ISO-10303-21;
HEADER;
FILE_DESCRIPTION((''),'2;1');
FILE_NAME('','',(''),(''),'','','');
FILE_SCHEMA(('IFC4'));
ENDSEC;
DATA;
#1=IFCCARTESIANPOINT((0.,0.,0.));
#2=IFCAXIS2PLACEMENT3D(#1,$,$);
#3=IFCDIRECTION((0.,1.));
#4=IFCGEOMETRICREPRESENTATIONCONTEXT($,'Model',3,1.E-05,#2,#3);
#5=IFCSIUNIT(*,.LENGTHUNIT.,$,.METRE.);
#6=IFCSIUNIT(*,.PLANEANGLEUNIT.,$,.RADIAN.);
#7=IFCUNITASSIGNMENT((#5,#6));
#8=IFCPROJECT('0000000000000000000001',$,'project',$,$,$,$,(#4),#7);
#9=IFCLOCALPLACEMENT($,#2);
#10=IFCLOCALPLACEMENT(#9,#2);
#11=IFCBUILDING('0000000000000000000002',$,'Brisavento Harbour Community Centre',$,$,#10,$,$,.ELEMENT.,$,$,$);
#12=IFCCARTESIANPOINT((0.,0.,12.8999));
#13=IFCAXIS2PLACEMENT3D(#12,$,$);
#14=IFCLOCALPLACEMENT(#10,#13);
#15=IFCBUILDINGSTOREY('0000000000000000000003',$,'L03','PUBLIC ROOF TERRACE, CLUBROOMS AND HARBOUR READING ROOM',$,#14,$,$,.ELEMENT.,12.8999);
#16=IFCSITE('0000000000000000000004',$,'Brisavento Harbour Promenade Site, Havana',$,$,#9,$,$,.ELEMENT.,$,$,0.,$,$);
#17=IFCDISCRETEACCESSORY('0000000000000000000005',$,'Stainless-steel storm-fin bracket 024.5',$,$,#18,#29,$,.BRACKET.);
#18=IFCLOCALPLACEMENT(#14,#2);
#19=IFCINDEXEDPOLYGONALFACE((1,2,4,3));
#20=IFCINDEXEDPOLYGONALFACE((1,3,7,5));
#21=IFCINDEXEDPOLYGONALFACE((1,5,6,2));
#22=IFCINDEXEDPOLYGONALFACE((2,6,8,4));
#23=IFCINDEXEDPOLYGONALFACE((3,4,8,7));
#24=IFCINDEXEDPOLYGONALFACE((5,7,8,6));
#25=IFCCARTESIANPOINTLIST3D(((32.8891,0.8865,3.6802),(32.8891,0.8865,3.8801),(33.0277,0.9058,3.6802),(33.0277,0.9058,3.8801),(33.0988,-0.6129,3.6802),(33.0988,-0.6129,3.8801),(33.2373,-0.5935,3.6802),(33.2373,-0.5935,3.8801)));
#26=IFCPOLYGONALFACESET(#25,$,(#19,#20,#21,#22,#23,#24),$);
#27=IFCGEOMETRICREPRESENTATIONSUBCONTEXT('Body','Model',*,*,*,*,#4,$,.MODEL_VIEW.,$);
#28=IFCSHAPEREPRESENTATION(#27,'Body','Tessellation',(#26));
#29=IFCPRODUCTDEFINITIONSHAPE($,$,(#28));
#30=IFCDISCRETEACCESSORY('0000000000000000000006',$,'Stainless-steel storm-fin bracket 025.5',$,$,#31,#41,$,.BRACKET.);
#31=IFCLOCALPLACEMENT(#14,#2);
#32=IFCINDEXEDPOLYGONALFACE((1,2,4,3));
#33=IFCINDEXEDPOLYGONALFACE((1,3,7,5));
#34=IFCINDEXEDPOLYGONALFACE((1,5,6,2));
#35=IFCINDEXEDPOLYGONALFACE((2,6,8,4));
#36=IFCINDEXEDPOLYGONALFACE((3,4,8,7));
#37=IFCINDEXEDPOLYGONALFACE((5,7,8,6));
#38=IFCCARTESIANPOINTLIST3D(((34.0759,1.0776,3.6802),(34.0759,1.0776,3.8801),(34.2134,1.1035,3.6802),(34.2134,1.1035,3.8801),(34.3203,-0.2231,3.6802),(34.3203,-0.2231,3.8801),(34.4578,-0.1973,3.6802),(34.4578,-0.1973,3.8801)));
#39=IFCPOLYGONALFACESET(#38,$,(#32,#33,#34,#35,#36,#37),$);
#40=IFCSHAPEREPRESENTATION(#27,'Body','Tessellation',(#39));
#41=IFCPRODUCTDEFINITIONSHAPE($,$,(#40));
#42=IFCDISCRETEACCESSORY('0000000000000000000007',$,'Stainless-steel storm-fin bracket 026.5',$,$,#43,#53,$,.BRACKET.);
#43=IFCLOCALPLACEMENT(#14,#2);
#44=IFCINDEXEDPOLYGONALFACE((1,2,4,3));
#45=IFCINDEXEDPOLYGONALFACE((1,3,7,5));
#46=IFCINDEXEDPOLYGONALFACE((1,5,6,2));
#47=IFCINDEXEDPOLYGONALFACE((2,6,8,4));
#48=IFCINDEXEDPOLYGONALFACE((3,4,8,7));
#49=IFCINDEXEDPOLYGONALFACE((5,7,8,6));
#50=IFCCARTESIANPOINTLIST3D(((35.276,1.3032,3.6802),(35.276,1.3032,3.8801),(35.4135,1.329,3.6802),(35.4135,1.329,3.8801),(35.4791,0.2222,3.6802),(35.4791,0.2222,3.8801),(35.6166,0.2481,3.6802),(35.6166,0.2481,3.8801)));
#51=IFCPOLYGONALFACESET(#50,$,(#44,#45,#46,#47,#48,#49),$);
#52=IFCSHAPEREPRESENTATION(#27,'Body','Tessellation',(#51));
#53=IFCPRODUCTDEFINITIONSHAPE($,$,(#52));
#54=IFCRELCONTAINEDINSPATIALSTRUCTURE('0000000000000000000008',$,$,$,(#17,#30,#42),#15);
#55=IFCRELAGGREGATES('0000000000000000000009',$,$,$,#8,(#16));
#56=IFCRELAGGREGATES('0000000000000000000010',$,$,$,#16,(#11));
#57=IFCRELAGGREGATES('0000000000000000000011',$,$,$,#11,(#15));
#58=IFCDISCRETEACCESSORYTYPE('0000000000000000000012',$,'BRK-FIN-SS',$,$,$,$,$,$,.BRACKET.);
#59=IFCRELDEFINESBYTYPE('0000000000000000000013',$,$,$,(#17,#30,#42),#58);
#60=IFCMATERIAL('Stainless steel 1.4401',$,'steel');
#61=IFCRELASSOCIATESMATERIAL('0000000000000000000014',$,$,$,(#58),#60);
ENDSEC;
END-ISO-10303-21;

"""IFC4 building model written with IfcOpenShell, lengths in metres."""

from ifc_helpers import new_model, si_unit, direction, frame, origin, origin_2d, place, context, subcontext, project, spatial, rectangle, extrude, material, type_object, element, save


model = new_model("IFC4")

# Units and contexts
model_context = context("Model", 3, precision=1e-05, world=origin(), true_north=direction((0.0, 1.0)))
body_context = subcontext(model_context, "Body", "Model", "MODEL_VIEW")
ifc_project = project(units=[si_unit("LENGTHUNIT", "METRE"), si_unit("PLANEANGLEUNIT", "RADIAN")], contexts=[model_context])

# Site, building, storey
site_placement = place(None, origin())
site = spatial("IfcSite", under=ifc_project, at=site_placement, Name="Brisavento Harbour Promenade Site, Havana", CompositionType="ELEMENT", RefElevation=0.0)
building_placement = place(site_placement, origin())
building = spatial("IfcBuilding", under=site, at=building_placement, Name="Brisavento Harbour Community Centre", CompositionType="ELEMENT")
storey_placement = place(building_placement, frame((0.0, 0.0, 12.8999)))
storey = spatial("IfcBuildingStorey", under=building, at=storey_placement, Name="L03", Description="PUBLIC ROOF TERRACE, CLUBROOMS AND HARBOUR READING ROOM", CompositionType="ELEMENT", Elevation=12.8999)

# Discrete accessories
ifc_material_1 = material(Name="Stainless steel 1.4401", Category="steel")
discrete_accessory_type = type_object("IfcDiscreteAccessoryType", Name="BRK-FIN-SS", PredefinedType="BRACKET", material=ifc_material_1)
discrete_accessory_1_placement = place(storey_placement, frame((33.0632, 0.1465, 3.6802), z_axis=(0.0, 0.0, 1.0), x_axis=(0.138499, -0.990363, 0.0)))
element("IfcDiscreteAccessory", 1, at=discrete_accessory_1_placement, inside=storey, type_object=discrete_accessory_type, Name="Stainless-steel storm-fin bracket 024.5", PredefinedType="BRACKET", context=body_context, shape_type="SweptSolid", body=[
    extrude(rectangle(XDim=1.5139, YDim=0.1399, at=origin_2d()), origin(), (0.0, 0.0, 1.0), 0.2),
])
discrete_accessory_2_placement = place(storey_placement, frame((34.2668, 0.4402, 3.6802), z_axis=(0.0, 0.0, 1.0), x_axis=(0.184672, -0.9828, 0.0)))
element("IfcDiscreteAccessory", 2, at=discrete_accessory_2_placement, inside=storey, type_object=discrete_accessory_type, Name="Stainless-steel storm-fin bracket 025.5", PredefinedType="BRACKET", context=body_context, shape_type="SweptSolid", body=[
    extrude(rectangle(XDim=1.3235, YDim=0.1399, at=origin_2d()), origin(), (0.0, 0.0, 1.0), 0.2),
])
discrete_accessory_3_placement = place(storey_placement, frame((35.4463, 0.7756, 3.6802), z_axis=(0.0, 0.0, 1.0), x_axis=(0.184672, -0.9828, 0.0)))
element("IfcDiscreteAccessory", 3, at=discrete_accessory_3_placement, inside=storey, type_object=discrete_accessory_type, Name="Stainless-steel storm-fin bracket 026.5", PredefinedType="BRACKET", context=body_context, shape_type="SweptSolid", body=[
    extrude(rectangle(XDim=1.0999, YDim=0.1399, at=origin_2d()), origin(), (0.0, 0.0, 1.0), 0.2),
])

save(model, "model.ifc")
